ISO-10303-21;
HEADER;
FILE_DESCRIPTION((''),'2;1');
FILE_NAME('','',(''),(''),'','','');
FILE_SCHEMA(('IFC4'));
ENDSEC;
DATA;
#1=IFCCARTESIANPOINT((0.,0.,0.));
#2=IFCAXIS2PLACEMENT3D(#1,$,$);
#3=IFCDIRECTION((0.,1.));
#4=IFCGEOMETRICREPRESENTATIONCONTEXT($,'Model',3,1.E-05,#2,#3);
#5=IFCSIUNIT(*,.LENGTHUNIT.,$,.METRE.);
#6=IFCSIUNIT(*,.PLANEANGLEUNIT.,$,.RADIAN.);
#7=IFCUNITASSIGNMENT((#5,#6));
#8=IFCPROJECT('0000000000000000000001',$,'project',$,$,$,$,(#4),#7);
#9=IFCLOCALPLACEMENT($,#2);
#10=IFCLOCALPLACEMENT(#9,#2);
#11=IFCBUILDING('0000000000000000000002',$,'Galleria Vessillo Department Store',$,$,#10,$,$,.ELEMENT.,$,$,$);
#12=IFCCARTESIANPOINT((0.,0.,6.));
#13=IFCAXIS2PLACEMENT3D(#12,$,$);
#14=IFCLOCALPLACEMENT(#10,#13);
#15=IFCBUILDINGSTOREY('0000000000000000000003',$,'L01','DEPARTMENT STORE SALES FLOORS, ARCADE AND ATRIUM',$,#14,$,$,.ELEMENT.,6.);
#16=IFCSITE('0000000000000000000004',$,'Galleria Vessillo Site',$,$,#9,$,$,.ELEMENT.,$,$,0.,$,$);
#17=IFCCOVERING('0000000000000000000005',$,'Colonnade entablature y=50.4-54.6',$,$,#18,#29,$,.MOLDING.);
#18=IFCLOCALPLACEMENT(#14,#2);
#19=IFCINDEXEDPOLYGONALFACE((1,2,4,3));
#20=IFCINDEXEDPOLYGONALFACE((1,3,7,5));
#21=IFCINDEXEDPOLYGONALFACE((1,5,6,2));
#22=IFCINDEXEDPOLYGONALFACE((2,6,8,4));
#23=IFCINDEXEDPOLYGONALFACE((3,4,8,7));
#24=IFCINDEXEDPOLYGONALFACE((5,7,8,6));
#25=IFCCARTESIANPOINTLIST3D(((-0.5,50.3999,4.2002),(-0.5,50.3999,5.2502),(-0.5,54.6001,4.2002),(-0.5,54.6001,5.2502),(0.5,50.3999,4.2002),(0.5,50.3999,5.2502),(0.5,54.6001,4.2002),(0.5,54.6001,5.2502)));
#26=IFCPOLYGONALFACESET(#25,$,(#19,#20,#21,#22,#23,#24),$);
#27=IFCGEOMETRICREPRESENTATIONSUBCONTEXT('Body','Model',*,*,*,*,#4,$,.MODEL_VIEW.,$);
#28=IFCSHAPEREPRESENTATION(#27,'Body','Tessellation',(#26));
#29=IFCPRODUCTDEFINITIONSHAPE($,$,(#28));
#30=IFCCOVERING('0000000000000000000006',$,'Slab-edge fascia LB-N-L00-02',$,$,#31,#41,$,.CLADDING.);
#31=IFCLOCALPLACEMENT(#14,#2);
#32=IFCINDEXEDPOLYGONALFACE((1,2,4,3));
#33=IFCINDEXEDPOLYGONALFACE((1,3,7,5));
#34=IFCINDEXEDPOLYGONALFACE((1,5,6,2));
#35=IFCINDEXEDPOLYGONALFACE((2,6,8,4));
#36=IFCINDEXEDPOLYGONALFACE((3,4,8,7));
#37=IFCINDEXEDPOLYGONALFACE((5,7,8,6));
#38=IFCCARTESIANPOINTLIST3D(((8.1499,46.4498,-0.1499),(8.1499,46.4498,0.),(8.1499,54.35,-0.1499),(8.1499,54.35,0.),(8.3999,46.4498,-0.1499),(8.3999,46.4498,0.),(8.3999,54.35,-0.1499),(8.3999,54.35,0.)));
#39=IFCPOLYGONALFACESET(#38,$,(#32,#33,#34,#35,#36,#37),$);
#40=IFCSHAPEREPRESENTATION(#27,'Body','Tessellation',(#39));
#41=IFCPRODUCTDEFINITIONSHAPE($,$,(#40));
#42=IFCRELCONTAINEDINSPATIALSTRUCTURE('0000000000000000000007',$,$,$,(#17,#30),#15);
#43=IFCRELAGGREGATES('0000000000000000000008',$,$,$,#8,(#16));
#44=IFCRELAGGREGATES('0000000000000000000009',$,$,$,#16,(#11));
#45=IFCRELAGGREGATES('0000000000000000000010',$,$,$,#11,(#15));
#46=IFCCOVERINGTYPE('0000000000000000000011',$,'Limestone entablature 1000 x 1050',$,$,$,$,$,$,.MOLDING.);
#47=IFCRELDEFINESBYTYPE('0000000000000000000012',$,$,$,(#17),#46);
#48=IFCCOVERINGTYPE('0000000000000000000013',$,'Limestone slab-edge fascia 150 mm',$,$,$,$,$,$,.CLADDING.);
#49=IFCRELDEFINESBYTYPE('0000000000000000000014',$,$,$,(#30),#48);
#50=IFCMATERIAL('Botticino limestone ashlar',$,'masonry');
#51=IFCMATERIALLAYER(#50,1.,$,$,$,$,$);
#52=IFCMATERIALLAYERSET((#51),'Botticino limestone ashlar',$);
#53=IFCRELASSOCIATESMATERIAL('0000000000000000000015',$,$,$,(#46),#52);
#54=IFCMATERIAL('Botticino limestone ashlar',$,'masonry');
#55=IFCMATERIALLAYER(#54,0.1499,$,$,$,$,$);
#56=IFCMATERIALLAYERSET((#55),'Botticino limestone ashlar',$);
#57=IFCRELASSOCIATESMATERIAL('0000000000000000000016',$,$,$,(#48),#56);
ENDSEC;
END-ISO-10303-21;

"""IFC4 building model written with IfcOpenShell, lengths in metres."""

from ifc_helpers import new_model, si_unit, direction, frame, origin, origin_2d, place, context, subcontext, project, spatial, rectangle, extrude, material, layer, layer_set, type_object, element, save


model = new_model("IFC4")

# Units and contexts
model_context = context("Model", 3, precision=1e-05, world=origin(), true_north=direction((0.0, 1.0)))
body_context = subcontext(model_context, "Body", "Model", "MODEL_VIEW")
ifc_project = project(units=[si_unit("LENGTHUNIT", "METRE"), si_unit("PLANEANGLEUNIT", "RADIAN")], contexts=[model_context])

# Site, building, storey
site_placement = place(None, origin())
site = spatial("IfcSite", under=ifc_project, at=site_placement, Name="Galleria Vessillo Site", CompositionType="ELEMENT", RefElevation=0.0)
building_placement = place(site_placement, origin())
building = spatial("IfcBuilding", under=site, at=building_placement, Name="Galleria Vessillo Department Store", CompositionType="ELEMENT")
storey_placement = place(building_placement, frame((0.0, 0.0, 6.0)))
storey = spatial("IfcBuildingStorey", under=building, at=storey_placement, Name="L01", Description="DEPARTMENT STORE SALES FLOORS, ARCADE AND ATRIUM", CompositionType="ELEMENT", Elevation=6.0)

# Coverings
ifc_material_1 = material(Name="Botticino limestone ashlar", Category="masonry")
ifc_layer_1 = layer(ifc_material_1, 1.0)
ifc_layer_set_1 = layer_set([ifc_layer_1], Name="Botticino limestone ashlar")
covering_type_1 = type_object("IfcCoveringType", Name="Limestone entablature 1000 x 1050", PredefinedType="MOLDING", material=ifc_layer_set_1)
covering_1_placement = place(storey_placement, frame((0.0, 52.5, 4.2002), z_axis=(0.0, 0.0, 1.0), x_axis=(1.0, 0.0, 0.0)))
element("IfcCovering", 1, at=covering_1_placement, inside=storey, type_object=covering_type_1, Name="Colonnade entablature y=50.4-54.6", PredefinedType="MOLDING", context=body_context, shape_type="SweptSolid", body=[
    extrude(rectangle(XDim=1.0, YDim=4.2002, at=origin_2d()), origin(), (0.0, 0.0, 1.0), 1.05),
])
ifc_material_2 = material(Name="Botticino limestone ashlar", Category="masonry")
ifc_layer_2 = layer(ifc_material_2, 0.1499)
ifc_layer_set_2 = layer_set([ifc_layer_2], Name="Botticino limestone ashlar")
covering_type_2 = type_object("IfcCoveringType", Name="Limestone slab-edge fascia 150 mm", PredefinedType="CLADDING", material=ifc_layer_set_2)
covering_2_placement = place(storey_placement, frame((8.2749, 50.3999, -0.1499), z_axis=(0.0, 0.0, 1.0), x_axis=(1.0, 0.0, 0.0)))
element("IfcCovering", 2, at=covering_2_placement, inside=storey, type_object=covering_type_2, Name="Slab-edge fascia LB-N-L00-02", PredefinedType="CLADDING", context=body_context, shape_type="SweptSolid", body=[
    extrude(rectangle(XDim=0.25, YDim=7.9001, at=origin_2d()), origin(), (0.0, 0.0, 1.0), 0.1499),
])

save(model, "model.ifc")
